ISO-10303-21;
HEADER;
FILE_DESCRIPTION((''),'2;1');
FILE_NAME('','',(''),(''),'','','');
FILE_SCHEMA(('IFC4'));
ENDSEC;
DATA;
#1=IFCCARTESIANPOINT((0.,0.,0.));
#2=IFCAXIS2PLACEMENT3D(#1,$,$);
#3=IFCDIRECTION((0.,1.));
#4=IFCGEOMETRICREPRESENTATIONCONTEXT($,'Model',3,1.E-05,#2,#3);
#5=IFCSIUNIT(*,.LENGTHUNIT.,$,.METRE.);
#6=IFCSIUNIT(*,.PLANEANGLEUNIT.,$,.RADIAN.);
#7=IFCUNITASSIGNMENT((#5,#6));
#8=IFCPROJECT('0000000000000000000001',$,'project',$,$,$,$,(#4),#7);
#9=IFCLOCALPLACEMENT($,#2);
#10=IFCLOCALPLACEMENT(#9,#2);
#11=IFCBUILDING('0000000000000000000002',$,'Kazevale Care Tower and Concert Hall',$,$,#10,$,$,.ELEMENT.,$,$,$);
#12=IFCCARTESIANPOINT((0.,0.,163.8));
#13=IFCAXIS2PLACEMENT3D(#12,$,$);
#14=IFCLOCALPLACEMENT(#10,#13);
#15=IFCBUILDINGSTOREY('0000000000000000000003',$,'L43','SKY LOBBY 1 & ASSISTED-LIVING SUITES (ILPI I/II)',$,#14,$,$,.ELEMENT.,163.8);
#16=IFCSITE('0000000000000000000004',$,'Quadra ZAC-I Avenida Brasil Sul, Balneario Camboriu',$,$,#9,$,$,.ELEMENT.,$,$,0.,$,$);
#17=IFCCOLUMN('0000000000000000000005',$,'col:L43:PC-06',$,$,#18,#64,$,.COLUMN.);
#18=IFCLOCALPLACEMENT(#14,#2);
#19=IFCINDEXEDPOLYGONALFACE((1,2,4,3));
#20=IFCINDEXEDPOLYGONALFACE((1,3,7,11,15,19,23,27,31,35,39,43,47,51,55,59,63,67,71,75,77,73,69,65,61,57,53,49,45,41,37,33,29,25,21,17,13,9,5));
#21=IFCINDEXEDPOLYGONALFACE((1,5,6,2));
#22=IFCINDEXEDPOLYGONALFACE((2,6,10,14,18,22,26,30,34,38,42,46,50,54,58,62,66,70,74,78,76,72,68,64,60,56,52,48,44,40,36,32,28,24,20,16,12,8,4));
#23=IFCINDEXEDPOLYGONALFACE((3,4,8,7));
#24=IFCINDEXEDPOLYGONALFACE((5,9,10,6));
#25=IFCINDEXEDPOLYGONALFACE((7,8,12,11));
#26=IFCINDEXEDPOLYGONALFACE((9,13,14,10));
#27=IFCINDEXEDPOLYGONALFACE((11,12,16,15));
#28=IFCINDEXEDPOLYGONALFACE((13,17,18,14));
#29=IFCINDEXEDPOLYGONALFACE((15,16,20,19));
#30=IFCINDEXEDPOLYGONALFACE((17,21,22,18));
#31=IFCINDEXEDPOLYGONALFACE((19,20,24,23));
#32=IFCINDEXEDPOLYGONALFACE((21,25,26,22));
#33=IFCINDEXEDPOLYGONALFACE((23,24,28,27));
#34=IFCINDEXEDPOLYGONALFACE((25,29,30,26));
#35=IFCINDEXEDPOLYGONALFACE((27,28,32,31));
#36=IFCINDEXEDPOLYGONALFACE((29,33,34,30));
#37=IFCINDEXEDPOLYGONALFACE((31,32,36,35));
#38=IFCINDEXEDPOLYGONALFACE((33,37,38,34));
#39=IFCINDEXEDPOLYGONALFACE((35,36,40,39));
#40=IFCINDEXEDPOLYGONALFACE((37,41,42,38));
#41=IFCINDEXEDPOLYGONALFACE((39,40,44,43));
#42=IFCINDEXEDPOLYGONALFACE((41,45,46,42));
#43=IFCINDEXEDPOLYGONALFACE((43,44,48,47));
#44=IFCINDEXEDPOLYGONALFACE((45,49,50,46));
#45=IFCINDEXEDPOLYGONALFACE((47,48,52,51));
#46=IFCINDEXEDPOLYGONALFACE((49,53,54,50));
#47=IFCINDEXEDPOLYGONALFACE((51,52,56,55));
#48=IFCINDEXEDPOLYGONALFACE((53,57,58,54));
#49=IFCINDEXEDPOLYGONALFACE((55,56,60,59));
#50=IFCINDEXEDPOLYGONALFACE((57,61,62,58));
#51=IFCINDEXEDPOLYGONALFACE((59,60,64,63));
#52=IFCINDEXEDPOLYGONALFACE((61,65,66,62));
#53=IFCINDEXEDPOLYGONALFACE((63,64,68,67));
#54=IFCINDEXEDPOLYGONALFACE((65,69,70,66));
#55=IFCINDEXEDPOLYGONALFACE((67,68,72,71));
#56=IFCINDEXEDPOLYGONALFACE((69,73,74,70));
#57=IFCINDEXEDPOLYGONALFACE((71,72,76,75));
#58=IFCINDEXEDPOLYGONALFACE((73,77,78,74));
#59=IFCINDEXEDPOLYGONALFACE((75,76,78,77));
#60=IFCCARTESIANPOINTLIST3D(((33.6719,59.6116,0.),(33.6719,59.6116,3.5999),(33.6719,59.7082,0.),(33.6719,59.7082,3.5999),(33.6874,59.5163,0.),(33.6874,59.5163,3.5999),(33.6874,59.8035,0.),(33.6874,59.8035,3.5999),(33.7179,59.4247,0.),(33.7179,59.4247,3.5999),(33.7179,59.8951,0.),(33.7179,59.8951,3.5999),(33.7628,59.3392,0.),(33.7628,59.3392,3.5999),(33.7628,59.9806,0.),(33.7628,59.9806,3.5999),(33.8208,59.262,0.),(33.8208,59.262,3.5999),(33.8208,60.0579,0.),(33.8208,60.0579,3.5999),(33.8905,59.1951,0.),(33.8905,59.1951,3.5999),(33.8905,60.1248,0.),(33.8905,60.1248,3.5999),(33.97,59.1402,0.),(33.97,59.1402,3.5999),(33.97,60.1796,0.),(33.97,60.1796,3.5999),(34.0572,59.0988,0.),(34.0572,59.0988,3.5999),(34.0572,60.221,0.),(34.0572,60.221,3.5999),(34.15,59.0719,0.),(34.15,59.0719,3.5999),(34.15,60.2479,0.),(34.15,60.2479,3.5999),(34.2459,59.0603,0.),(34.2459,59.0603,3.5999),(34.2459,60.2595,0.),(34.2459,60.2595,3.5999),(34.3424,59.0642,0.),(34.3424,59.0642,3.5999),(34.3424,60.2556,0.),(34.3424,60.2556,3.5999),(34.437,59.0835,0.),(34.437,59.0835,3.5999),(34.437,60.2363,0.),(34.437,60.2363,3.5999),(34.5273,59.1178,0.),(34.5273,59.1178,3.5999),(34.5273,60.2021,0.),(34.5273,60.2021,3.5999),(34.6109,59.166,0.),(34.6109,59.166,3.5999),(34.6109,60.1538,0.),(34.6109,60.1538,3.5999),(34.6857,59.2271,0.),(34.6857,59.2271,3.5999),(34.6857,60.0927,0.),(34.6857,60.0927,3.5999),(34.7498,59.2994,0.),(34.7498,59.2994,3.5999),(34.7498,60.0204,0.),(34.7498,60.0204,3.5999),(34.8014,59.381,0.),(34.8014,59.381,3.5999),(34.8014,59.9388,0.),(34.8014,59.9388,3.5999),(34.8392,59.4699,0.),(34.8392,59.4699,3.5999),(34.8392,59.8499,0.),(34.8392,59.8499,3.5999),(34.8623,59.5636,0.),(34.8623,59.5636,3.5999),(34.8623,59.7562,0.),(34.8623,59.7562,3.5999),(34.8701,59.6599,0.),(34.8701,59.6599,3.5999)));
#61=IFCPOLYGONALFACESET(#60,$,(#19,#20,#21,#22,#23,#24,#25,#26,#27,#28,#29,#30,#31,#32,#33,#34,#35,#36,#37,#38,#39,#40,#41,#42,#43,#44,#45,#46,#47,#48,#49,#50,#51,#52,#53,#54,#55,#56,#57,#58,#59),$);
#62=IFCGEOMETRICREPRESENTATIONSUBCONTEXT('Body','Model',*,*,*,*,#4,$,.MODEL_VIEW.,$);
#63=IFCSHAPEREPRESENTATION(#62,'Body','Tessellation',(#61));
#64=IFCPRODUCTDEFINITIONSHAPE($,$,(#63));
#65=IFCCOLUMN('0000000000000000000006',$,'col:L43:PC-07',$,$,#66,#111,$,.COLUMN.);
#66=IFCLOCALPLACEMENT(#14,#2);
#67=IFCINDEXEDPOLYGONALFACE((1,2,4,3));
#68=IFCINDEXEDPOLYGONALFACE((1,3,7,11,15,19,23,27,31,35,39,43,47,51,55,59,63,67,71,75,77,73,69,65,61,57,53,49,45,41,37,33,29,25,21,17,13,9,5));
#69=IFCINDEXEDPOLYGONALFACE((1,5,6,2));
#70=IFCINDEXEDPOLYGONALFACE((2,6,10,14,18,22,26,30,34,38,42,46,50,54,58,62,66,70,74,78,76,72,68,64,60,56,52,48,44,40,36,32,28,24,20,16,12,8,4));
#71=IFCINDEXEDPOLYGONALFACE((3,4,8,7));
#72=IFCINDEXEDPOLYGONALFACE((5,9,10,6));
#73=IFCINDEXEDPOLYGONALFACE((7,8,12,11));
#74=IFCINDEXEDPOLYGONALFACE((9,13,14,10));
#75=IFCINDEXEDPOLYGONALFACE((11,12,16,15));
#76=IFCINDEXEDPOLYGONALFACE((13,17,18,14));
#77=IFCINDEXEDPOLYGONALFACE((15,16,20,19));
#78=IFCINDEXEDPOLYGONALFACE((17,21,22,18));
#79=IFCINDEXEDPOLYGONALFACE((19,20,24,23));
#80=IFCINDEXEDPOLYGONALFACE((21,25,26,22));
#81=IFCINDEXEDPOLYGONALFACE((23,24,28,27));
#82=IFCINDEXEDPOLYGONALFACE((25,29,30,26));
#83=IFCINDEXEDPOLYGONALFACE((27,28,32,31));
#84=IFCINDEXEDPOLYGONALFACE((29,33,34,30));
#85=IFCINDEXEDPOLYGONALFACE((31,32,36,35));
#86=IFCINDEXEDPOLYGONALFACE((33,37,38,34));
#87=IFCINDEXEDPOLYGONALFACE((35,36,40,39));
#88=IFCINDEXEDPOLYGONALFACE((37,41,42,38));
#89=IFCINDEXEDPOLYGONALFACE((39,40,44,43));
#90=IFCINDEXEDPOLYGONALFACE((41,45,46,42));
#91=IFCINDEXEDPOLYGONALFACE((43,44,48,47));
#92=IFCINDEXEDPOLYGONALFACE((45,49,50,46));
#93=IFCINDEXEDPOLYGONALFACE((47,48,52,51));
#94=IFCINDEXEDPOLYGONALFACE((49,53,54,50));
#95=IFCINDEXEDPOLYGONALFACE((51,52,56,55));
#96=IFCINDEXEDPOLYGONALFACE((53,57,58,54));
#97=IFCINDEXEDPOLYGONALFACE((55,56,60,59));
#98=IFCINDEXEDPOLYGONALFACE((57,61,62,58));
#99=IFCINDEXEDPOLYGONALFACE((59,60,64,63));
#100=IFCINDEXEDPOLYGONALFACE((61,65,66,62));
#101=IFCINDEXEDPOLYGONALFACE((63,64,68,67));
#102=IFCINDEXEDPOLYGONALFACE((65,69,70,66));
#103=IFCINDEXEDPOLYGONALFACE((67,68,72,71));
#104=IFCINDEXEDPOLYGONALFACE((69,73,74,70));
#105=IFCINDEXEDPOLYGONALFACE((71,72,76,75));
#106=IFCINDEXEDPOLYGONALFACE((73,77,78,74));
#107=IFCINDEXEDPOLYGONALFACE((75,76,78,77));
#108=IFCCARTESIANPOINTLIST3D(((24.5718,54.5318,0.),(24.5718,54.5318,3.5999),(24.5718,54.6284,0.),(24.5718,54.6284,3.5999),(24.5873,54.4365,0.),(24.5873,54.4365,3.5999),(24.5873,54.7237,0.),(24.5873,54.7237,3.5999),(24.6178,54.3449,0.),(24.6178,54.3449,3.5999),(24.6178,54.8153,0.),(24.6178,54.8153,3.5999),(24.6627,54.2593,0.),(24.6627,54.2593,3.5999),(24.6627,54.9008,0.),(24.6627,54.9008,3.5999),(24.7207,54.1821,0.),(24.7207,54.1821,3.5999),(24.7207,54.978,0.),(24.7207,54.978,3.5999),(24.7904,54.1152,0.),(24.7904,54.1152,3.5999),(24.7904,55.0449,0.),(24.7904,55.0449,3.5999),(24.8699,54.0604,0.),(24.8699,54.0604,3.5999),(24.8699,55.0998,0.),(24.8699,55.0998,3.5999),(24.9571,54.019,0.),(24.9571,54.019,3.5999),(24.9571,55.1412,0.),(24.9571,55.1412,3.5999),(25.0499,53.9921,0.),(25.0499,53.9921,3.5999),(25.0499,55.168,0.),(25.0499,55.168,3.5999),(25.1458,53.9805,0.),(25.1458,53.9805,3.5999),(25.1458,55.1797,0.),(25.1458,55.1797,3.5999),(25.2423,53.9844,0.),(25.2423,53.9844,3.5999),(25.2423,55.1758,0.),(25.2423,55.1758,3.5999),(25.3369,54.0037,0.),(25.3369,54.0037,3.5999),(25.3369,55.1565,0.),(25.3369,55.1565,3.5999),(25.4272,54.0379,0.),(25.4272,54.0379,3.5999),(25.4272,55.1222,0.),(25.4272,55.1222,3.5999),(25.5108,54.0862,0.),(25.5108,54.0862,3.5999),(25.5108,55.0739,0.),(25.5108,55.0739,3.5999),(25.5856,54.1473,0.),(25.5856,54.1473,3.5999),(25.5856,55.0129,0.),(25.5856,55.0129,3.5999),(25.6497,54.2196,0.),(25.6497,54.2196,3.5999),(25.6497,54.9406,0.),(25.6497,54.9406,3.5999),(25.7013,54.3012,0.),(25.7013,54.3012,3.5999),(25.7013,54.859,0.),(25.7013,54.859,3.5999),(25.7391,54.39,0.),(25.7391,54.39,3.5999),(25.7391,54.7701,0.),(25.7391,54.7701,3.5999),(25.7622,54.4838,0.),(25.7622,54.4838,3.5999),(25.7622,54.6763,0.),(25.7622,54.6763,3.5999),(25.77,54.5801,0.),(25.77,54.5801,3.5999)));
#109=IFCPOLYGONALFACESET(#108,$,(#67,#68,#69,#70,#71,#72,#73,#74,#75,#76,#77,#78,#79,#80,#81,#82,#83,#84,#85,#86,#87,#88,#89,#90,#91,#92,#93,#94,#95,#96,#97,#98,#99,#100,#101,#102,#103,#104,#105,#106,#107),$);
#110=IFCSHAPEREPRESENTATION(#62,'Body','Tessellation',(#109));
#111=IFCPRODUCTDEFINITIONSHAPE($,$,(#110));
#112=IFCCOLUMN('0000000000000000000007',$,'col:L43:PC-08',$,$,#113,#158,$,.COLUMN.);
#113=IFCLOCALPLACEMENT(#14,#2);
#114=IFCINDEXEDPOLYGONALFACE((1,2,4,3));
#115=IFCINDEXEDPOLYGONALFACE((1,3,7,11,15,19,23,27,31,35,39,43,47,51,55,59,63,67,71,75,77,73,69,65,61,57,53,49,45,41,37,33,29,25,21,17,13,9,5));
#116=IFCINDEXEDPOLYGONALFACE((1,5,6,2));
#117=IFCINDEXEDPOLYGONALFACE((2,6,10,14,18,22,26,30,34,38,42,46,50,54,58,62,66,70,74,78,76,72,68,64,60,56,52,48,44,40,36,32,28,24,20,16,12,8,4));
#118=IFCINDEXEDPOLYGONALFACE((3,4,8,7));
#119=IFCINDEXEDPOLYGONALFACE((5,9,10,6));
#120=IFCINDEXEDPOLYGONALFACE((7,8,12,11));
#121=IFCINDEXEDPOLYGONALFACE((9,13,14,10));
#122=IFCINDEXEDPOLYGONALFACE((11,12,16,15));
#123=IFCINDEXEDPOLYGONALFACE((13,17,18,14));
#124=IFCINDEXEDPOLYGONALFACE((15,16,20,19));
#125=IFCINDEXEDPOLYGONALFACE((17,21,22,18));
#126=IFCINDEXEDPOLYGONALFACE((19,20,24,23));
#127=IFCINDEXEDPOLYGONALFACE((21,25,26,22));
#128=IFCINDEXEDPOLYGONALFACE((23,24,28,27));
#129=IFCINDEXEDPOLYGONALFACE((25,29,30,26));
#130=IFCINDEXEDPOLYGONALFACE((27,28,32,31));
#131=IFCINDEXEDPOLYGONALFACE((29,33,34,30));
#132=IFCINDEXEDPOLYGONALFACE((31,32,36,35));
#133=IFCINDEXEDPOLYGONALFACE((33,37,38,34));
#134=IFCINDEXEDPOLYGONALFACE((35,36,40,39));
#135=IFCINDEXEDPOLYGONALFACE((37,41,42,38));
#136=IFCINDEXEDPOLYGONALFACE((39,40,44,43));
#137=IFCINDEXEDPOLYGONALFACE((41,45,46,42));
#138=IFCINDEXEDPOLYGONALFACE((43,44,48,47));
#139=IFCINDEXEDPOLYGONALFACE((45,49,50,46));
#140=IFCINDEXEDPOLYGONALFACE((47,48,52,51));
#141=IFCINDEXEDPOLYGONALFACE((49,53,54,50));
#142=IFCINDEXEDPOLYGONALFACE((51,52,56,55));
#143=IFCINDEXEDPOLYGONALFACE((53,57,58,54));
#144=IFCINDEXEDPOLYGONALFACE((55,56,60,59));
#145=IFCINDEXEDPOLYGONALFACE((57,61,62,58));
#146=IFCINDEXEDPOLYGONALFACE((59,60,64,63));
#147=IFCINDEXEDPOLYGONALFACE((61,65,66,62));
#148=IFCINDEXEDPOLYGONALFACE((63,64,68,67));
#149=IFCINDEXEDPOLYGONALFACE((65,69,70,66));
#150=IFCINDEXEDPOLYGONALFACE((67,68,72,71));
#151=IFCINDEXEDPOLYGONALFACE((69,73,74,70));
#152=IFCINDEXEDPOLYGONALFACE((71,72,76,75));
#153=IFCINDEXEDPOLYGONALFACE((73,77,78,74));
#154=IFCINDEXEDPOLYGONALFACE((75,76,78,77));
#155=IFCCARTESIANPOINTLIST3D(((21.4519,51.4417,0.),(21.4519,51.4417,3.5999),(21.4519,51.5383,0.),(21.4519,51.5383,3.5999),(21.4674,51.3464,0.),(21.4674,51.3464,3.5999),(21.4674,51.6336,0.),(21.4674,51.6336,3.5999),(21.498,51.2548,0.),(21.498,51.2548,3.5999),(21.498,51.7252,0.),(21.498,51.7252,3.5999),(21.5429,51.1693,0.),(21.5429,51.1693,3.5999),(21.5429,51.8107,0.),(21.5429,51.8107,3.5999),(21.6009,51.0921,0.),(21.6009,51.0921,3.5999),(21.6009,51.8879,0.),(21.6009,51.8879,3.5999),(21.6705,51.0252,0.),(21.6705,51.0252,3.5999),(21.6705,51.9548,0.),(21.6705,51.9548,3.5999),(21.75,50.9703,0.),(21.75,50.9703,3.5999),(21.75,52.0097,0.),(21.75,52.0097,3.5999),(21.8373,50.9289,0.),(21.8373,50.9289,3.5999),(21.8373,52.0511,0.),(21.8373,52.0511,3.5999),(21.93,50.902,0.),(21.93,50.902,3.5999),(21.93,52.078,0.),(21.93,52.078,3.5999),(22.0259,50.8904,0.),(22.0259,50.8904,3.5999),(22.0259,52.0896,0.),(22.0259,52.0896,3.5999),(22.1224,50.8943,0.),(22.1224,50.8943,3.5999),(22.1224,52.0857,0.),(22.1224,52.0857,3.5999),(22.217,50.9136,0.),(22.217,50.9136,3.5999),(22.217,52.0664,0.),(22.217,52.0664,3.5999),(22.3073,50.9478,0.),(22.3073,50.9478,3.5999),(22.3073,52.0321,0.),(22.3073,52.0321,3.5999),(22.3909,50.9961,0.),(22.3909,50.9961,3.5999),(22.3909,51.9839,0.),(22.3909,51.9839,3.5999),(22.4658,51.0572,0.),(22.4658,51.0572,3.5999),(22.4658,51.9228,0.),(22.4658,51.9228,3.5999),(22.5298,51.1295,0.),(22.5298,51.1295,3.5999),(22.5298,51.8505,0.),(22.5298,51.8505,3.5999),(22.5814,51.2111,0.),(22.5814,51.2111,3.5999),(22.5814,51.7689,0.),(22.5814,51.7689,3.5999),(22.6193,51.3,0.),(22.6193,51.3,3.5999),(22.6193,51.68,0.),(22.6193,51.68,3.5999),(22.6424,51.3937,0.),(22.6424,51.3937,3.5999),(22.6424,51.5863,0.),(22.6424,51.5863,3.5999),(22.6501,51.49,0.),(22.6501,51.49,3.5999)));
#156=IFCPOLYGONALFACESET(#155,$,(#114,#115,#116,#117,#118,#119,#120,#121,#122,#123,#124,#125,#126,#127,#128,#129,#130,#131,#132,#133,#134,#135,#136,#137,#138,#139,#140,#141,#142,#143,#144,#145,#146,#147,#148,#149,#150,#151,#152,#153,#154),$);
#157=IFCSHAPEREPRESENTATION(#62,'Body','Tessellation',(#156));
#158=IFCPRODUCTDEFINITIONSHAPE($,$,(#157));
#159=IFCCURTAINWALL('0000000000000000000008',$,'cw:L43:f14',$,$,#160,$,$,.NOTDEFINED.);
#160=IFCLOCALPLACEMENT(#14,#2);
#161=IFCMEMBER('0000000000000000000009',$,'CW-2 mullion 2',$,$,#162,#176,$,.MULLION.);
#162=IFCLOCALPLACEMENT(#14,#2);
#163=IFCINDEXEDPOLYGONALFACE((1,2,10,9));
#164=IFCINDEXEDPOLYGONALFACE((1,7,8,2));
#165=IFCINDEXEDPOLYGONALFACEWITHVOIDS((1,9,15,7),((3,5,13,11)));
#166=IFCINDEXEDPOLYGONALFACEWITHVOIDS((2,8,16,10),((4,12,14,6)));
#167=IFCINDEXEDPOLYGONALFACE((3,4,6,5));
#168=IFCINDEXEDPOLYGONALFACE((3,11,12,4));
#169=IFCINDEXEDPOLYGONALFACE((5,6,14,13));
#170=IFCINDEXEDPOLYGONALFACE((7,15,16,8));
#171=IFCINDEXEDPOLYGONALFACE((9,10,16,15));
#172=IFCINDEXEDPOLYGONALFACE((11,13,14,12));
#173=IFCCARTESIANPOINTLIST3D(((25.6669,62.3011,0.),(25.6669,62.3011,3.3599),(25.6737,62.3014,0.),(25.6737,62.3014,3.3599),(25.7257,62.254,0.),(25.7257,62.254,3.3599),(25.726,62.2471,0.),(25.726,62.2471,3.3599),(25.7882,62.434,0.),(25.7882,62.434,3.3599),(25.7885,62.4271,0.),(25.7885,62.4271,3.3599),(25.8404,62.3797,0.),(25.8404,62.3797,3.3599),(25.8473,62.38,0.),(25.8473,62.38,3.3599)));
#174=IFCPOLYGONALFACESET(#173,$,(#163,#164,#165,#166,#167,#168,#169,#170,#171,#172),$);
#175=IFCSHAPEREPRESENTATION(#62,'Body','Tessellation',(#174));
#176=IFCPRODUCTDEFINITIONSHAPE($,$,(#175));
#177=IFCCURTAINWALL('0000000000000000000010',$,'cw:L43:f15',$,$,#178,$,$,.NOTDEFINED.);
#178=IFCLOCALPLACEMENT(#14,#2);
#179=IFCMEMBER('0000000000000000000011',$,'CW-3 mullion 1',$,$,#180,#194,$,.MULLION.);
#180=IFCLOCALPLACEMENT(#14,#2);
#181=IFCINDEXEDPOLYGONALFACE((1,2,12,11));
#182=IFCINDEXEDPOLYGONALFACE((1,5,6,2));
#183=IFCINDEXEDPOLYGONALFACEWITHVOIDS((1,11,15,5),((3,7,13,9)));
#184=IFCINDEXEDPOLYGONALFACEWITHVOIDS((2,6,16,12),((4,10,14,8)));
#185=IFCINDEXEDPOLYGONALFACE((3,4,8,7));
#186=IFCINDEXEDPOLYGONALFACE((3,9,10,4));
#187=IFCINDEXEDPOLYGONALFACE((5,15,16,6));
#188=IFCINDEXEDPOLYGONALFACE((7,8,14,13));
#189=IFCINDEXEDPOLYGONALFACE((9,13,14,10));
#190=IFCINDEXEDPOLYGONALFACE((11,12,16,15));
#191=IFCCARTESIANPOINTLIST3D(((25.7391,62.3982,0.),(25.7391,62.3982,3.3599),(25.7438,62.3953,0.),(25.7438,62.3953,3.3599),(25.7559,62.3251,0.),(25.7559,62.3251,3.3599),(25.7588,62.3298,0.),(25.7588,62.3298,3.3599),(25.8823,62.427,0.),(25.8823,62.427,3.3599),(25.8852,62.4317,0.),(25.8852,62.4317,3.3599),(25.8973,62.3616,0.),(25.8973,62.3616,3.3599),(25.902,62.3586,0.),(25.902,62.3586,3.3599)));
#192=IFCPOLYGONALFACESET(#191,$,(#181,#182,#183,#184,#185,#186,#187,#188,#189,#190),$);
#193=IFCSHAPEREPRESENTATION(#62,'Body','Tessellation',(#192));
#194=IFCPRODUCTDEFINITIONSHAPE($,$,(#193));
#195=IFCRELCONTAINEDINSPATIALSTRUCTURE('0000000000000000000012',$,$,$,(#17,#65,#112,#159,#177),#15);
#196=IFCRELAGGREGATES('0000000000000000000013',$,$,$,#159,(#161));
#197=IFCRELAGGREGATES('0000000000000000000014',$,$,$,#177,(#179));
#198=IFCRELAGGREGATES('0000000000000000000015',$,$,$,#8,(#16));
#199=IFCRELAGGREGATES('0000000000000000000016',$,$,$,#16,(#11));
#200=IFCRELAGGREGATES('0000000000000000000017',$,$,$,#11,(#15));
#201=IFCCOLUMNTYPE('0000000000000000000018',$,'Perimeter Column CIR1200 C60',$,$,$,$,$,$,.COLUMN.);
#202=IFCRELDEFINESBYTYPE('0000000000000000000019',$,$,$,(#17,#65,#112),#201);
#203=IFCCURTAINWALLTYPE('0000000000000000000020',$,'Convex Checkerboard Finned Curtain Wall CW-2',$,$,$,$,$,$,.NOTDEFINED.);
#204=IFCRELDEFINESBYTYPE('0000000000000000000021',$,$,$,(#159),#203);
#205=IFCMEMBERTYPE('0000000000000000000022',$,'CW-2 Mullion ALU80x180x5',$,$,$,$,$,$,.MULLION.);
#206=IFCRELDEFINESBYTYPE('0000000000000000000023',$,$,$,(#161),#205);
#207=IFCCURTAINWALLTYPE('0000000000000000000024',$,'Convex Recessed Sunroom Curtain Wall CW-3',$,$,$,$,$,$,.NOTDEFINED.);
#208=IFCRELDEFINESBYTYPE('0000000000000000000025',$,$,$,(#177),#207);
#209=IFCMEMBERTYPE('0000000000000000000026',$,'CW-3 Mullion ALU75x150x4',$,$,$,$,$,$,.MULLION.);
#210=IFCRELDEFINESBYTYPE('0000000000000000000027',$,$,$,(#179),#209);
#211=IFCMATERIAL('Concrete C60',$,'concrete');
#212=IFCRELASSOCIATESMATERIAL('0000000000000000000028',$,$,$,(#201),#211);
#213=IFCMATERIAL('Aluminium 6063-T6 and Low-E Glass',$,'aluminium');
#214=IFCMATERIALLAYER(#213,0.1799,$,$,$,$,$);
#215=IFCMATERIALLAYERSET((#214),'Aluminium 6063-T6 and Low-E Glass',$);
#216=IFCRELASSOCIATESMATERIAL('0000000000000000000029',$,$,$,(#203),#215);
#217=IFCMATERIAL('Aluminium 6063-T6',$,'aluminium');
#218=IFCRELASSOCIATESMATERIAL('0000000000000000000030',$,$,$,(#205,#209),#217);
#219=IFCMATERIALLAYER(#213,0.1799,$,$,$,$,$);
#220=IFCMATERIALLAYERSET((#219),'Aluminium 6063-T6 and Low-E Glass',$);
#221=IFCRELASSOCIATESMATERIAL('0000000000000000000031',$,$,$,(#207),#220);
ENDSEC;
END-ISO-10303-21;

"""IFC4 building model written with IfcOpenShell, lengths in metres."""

from ifc_helpers import new_model, si_unit, direction, frame, origin, origin_2d, place, context, subcontext, project, spatial, hollow_rectangle, circle, extrude, material, layer, layer_set, material_profile, profile_set, type_object, element, aggregate, save


model = new_model("IFC4")

# Units and contexts
model_context = context("Model", 3, precision=1e-05, world=origin(), true_north=direction((0.0, 1.0)))
body_context = subcontext(model_context, "Body", "Model", "MODEL_VIEW")
ifc_project = project(units=[si_unit("LENGTHUNIT", "METRE"), si_unit("PLANEANGLEUNIT", "RADIAN")], contexts=[model_context])

# Site, building, storey
site_placement = place(None, origin())
site = spatial("IfcSite", under=ifc_project, at=site_placement, Name="Quadra ZAC-I Avenida Brasil Sul, Balneario Camboriu", CompositionType="ELEMENT", RefElevation=0.0)
building_placement = place(site_placement, origin())
building = spatial("IfcBuilding", under=site, at=building_placement, Name="Kazevale Care Tower and Concert Hall", CompositionType="ELEMENT")
storey_placement = place(building_placement, frame((0.0, 0.0, 163.8)))
storey = spatial("IfcBuildingStorey", under=building, at=storey_placement, Name="L43", Description="SKY LOBBY 1 & ASSISTED-LIVING SUITES (ILPI I/II)", CompositionType="ELEMENT", Elevation=163.8)

# Columns
ifc_material_1 = material(Name="Concrete C60", Category="concrete")
ifc_material_profile_1 = material_profile(ifc_material_1, circle(Radius=0.6001, at=origin_2d()), Name="RC-CIR1200")
ifc_profile_set_1 = profile_set([ifc_material_profile_1], Name="Concrete C60")
column_type = type_object("IfcColumnType", Name="Perimeter Column CIR1200 C60", PredefinedType="COLUMN", material=ifc_profile_set_1)
for number, where, z_axis, x_axis, name in (
    (1, (34.27, 59.6599, 0.0), (0.0, 0.0, 1.0), (1.0, 0.0, 0.0), "col:L43:PC-06"),
    (2, (25.1699, 54.5801, 0.0), (0.0, 0.0, 1.0), (1.0, 0.0, 0.0), "col:L43:PC-07"),
    (3, (22.05, 51.49, 0.0), (0.0, 0.0, 1.0), (1.0, 0.0, 0.0), "col:L43:PC-08"),
):
    element("IfcColumn", number, at=place(storey_placement, frame(where, z_axis=z_axis, x_axis=x_axis)), inside=storey, type_object=column_type, Name=name, PredefinedType="COLUMN", context=body_context, shape_type="SweptSolid", body=[
        extrude(circle(Radius=0.6001, at=origin_2d()), origin(), (0.0, 0.0, 1.0), 3.5999),
    ])

# Curtain wall, member
ifc_material_2 = material(Name="Aluminium 6063-T6 and Low-E Glass", Category="aluminium")
ifc_layer_1 = layer(ifc_material_2, 0.1799)
ifc_layer_set_1 = layer_set([ifc_layer_1], Name="Aluminium 6063-T6 and Low-E Glass")
curtain_wall_type_1 = type_object("IfcCurtainWallType", Name="Convex Checkerboard Finned Curtain Wall CW-2", PredefinedType="NOTDEFINED", material=ifc_layer_set_1)
curtain_wall_1_placement = place(storey_placement, origin())
curtain_wall_1 = element("IfcCurtainWall", 4, at=curtain_wall_1_placement, inside=storey, type_object=curtain_wall_type_1, Name="cw:L43:f14", PredefinedType="NOTDEFINED")
ifc_material_3 = material(Name="Aluminium 6063-T6", Category="aluminium")
ifc_material_profile_2 = material_profile(ifc_material_3, hollow_rectangle(XDim=0.0801, YDim=0.1799, WallThickness=0.0049, at=origin_2d()), Name="ALU80x180x5")
ifc_profile_set_2 = profile_set([ifc_material_profile_2], Name="Aluminium 6063-T6")
member_type_1 = type_object("IfcMemberType", Name="CW-2 Mullion ALU80x180x5", PredefinedType="MULLION", material=ifc_profile_set_2)
member_1_placement = place(storey_placement, frame((25.7571, 62.3406, 0.0), z_axis=(0.0, 0.0, 1.0), x_axis=(-0.738492, 0.674262, 0.0)))
member_1 = element("IfcMember", 5, at=member_1_placement, type_object=member_type_1, Name="CW-2 mullion 2", PredefinedType="MULLION", context=body_context, shape_type="SweptSolid", body=[
    extrude(hollow_rectangle(XDim=0.0801, YDim=0.1799, WallThickness=0.0049, at=origin_2d()), origin(), (0.0, 0.0, 1.0), 3.3599),
])

# Curtain wall, member
ifc_layer_2 = layer(ifc_material_2, 0.1799)
ifc_layer_set_2 = layer_set([ifc_layer_2], Name="Aluminium 6063-T6 and Low-E Glass")
curtain_wall_type_2 = type_object("IfcCurtainWallType", Name="Convex Recessed Sunroom Curtain Wall CW-3", PredefinedType="NOTDEFINED", material=ifc_layer_set_2)
curtain_wall_2_placement = place(storey_placement, origin())
curtain_wall_2 = element("IfcCurtainWall", 6, at=curtain_wall_2_placement, inside=storey, type_object=curtain_wall_type_2, Name="cw:L43:f15", PredefinedType="NOTDEFINED")
ifc_material_profile_3 = material_profile(ifc_material_3, hollow_rectangle(XDim=0.075, YDim=0.1499, WallThickness=0.0039, at=origin_2d()), Name="ALU75x150x4")
ifc_profile_set_3 = profile_set([ifc_material_profile_3], Name="Aluminium 6063-T6")
member_type_2 = type_object("IfcMemberType", Name="CW-3 Mullion ALU75x150x4", PredefinedType="MULLION", material=ifc_profile_set_3)
member_2_placement = place(storey_placement, frame((25.8206, 62.3784, 0.0), z_axis=(0.0, 0.0, 1.0), x_axis=(-0.223567, 0.974688, 0.0)))
member_2 = element("IfcMember", 7, at=member_2_placement, type_object=member_type_2, Name="CW-3 mullion 1", PredefinedType="MULLION", context=body_context, shape_type="SweptSolid", body=[
    extrude(hollow_rectangle(XDim=0.075, YDim=0.1499, WallThickness=0.0039, at=origin_2d()), origin(), (0.0, 0.0, 1.0), 3.3599),
])

aggregate(curtain_wall_1, [member_1])
aggregate(curtain_wall_2, [member_2])

save(model, "model.ifc")
